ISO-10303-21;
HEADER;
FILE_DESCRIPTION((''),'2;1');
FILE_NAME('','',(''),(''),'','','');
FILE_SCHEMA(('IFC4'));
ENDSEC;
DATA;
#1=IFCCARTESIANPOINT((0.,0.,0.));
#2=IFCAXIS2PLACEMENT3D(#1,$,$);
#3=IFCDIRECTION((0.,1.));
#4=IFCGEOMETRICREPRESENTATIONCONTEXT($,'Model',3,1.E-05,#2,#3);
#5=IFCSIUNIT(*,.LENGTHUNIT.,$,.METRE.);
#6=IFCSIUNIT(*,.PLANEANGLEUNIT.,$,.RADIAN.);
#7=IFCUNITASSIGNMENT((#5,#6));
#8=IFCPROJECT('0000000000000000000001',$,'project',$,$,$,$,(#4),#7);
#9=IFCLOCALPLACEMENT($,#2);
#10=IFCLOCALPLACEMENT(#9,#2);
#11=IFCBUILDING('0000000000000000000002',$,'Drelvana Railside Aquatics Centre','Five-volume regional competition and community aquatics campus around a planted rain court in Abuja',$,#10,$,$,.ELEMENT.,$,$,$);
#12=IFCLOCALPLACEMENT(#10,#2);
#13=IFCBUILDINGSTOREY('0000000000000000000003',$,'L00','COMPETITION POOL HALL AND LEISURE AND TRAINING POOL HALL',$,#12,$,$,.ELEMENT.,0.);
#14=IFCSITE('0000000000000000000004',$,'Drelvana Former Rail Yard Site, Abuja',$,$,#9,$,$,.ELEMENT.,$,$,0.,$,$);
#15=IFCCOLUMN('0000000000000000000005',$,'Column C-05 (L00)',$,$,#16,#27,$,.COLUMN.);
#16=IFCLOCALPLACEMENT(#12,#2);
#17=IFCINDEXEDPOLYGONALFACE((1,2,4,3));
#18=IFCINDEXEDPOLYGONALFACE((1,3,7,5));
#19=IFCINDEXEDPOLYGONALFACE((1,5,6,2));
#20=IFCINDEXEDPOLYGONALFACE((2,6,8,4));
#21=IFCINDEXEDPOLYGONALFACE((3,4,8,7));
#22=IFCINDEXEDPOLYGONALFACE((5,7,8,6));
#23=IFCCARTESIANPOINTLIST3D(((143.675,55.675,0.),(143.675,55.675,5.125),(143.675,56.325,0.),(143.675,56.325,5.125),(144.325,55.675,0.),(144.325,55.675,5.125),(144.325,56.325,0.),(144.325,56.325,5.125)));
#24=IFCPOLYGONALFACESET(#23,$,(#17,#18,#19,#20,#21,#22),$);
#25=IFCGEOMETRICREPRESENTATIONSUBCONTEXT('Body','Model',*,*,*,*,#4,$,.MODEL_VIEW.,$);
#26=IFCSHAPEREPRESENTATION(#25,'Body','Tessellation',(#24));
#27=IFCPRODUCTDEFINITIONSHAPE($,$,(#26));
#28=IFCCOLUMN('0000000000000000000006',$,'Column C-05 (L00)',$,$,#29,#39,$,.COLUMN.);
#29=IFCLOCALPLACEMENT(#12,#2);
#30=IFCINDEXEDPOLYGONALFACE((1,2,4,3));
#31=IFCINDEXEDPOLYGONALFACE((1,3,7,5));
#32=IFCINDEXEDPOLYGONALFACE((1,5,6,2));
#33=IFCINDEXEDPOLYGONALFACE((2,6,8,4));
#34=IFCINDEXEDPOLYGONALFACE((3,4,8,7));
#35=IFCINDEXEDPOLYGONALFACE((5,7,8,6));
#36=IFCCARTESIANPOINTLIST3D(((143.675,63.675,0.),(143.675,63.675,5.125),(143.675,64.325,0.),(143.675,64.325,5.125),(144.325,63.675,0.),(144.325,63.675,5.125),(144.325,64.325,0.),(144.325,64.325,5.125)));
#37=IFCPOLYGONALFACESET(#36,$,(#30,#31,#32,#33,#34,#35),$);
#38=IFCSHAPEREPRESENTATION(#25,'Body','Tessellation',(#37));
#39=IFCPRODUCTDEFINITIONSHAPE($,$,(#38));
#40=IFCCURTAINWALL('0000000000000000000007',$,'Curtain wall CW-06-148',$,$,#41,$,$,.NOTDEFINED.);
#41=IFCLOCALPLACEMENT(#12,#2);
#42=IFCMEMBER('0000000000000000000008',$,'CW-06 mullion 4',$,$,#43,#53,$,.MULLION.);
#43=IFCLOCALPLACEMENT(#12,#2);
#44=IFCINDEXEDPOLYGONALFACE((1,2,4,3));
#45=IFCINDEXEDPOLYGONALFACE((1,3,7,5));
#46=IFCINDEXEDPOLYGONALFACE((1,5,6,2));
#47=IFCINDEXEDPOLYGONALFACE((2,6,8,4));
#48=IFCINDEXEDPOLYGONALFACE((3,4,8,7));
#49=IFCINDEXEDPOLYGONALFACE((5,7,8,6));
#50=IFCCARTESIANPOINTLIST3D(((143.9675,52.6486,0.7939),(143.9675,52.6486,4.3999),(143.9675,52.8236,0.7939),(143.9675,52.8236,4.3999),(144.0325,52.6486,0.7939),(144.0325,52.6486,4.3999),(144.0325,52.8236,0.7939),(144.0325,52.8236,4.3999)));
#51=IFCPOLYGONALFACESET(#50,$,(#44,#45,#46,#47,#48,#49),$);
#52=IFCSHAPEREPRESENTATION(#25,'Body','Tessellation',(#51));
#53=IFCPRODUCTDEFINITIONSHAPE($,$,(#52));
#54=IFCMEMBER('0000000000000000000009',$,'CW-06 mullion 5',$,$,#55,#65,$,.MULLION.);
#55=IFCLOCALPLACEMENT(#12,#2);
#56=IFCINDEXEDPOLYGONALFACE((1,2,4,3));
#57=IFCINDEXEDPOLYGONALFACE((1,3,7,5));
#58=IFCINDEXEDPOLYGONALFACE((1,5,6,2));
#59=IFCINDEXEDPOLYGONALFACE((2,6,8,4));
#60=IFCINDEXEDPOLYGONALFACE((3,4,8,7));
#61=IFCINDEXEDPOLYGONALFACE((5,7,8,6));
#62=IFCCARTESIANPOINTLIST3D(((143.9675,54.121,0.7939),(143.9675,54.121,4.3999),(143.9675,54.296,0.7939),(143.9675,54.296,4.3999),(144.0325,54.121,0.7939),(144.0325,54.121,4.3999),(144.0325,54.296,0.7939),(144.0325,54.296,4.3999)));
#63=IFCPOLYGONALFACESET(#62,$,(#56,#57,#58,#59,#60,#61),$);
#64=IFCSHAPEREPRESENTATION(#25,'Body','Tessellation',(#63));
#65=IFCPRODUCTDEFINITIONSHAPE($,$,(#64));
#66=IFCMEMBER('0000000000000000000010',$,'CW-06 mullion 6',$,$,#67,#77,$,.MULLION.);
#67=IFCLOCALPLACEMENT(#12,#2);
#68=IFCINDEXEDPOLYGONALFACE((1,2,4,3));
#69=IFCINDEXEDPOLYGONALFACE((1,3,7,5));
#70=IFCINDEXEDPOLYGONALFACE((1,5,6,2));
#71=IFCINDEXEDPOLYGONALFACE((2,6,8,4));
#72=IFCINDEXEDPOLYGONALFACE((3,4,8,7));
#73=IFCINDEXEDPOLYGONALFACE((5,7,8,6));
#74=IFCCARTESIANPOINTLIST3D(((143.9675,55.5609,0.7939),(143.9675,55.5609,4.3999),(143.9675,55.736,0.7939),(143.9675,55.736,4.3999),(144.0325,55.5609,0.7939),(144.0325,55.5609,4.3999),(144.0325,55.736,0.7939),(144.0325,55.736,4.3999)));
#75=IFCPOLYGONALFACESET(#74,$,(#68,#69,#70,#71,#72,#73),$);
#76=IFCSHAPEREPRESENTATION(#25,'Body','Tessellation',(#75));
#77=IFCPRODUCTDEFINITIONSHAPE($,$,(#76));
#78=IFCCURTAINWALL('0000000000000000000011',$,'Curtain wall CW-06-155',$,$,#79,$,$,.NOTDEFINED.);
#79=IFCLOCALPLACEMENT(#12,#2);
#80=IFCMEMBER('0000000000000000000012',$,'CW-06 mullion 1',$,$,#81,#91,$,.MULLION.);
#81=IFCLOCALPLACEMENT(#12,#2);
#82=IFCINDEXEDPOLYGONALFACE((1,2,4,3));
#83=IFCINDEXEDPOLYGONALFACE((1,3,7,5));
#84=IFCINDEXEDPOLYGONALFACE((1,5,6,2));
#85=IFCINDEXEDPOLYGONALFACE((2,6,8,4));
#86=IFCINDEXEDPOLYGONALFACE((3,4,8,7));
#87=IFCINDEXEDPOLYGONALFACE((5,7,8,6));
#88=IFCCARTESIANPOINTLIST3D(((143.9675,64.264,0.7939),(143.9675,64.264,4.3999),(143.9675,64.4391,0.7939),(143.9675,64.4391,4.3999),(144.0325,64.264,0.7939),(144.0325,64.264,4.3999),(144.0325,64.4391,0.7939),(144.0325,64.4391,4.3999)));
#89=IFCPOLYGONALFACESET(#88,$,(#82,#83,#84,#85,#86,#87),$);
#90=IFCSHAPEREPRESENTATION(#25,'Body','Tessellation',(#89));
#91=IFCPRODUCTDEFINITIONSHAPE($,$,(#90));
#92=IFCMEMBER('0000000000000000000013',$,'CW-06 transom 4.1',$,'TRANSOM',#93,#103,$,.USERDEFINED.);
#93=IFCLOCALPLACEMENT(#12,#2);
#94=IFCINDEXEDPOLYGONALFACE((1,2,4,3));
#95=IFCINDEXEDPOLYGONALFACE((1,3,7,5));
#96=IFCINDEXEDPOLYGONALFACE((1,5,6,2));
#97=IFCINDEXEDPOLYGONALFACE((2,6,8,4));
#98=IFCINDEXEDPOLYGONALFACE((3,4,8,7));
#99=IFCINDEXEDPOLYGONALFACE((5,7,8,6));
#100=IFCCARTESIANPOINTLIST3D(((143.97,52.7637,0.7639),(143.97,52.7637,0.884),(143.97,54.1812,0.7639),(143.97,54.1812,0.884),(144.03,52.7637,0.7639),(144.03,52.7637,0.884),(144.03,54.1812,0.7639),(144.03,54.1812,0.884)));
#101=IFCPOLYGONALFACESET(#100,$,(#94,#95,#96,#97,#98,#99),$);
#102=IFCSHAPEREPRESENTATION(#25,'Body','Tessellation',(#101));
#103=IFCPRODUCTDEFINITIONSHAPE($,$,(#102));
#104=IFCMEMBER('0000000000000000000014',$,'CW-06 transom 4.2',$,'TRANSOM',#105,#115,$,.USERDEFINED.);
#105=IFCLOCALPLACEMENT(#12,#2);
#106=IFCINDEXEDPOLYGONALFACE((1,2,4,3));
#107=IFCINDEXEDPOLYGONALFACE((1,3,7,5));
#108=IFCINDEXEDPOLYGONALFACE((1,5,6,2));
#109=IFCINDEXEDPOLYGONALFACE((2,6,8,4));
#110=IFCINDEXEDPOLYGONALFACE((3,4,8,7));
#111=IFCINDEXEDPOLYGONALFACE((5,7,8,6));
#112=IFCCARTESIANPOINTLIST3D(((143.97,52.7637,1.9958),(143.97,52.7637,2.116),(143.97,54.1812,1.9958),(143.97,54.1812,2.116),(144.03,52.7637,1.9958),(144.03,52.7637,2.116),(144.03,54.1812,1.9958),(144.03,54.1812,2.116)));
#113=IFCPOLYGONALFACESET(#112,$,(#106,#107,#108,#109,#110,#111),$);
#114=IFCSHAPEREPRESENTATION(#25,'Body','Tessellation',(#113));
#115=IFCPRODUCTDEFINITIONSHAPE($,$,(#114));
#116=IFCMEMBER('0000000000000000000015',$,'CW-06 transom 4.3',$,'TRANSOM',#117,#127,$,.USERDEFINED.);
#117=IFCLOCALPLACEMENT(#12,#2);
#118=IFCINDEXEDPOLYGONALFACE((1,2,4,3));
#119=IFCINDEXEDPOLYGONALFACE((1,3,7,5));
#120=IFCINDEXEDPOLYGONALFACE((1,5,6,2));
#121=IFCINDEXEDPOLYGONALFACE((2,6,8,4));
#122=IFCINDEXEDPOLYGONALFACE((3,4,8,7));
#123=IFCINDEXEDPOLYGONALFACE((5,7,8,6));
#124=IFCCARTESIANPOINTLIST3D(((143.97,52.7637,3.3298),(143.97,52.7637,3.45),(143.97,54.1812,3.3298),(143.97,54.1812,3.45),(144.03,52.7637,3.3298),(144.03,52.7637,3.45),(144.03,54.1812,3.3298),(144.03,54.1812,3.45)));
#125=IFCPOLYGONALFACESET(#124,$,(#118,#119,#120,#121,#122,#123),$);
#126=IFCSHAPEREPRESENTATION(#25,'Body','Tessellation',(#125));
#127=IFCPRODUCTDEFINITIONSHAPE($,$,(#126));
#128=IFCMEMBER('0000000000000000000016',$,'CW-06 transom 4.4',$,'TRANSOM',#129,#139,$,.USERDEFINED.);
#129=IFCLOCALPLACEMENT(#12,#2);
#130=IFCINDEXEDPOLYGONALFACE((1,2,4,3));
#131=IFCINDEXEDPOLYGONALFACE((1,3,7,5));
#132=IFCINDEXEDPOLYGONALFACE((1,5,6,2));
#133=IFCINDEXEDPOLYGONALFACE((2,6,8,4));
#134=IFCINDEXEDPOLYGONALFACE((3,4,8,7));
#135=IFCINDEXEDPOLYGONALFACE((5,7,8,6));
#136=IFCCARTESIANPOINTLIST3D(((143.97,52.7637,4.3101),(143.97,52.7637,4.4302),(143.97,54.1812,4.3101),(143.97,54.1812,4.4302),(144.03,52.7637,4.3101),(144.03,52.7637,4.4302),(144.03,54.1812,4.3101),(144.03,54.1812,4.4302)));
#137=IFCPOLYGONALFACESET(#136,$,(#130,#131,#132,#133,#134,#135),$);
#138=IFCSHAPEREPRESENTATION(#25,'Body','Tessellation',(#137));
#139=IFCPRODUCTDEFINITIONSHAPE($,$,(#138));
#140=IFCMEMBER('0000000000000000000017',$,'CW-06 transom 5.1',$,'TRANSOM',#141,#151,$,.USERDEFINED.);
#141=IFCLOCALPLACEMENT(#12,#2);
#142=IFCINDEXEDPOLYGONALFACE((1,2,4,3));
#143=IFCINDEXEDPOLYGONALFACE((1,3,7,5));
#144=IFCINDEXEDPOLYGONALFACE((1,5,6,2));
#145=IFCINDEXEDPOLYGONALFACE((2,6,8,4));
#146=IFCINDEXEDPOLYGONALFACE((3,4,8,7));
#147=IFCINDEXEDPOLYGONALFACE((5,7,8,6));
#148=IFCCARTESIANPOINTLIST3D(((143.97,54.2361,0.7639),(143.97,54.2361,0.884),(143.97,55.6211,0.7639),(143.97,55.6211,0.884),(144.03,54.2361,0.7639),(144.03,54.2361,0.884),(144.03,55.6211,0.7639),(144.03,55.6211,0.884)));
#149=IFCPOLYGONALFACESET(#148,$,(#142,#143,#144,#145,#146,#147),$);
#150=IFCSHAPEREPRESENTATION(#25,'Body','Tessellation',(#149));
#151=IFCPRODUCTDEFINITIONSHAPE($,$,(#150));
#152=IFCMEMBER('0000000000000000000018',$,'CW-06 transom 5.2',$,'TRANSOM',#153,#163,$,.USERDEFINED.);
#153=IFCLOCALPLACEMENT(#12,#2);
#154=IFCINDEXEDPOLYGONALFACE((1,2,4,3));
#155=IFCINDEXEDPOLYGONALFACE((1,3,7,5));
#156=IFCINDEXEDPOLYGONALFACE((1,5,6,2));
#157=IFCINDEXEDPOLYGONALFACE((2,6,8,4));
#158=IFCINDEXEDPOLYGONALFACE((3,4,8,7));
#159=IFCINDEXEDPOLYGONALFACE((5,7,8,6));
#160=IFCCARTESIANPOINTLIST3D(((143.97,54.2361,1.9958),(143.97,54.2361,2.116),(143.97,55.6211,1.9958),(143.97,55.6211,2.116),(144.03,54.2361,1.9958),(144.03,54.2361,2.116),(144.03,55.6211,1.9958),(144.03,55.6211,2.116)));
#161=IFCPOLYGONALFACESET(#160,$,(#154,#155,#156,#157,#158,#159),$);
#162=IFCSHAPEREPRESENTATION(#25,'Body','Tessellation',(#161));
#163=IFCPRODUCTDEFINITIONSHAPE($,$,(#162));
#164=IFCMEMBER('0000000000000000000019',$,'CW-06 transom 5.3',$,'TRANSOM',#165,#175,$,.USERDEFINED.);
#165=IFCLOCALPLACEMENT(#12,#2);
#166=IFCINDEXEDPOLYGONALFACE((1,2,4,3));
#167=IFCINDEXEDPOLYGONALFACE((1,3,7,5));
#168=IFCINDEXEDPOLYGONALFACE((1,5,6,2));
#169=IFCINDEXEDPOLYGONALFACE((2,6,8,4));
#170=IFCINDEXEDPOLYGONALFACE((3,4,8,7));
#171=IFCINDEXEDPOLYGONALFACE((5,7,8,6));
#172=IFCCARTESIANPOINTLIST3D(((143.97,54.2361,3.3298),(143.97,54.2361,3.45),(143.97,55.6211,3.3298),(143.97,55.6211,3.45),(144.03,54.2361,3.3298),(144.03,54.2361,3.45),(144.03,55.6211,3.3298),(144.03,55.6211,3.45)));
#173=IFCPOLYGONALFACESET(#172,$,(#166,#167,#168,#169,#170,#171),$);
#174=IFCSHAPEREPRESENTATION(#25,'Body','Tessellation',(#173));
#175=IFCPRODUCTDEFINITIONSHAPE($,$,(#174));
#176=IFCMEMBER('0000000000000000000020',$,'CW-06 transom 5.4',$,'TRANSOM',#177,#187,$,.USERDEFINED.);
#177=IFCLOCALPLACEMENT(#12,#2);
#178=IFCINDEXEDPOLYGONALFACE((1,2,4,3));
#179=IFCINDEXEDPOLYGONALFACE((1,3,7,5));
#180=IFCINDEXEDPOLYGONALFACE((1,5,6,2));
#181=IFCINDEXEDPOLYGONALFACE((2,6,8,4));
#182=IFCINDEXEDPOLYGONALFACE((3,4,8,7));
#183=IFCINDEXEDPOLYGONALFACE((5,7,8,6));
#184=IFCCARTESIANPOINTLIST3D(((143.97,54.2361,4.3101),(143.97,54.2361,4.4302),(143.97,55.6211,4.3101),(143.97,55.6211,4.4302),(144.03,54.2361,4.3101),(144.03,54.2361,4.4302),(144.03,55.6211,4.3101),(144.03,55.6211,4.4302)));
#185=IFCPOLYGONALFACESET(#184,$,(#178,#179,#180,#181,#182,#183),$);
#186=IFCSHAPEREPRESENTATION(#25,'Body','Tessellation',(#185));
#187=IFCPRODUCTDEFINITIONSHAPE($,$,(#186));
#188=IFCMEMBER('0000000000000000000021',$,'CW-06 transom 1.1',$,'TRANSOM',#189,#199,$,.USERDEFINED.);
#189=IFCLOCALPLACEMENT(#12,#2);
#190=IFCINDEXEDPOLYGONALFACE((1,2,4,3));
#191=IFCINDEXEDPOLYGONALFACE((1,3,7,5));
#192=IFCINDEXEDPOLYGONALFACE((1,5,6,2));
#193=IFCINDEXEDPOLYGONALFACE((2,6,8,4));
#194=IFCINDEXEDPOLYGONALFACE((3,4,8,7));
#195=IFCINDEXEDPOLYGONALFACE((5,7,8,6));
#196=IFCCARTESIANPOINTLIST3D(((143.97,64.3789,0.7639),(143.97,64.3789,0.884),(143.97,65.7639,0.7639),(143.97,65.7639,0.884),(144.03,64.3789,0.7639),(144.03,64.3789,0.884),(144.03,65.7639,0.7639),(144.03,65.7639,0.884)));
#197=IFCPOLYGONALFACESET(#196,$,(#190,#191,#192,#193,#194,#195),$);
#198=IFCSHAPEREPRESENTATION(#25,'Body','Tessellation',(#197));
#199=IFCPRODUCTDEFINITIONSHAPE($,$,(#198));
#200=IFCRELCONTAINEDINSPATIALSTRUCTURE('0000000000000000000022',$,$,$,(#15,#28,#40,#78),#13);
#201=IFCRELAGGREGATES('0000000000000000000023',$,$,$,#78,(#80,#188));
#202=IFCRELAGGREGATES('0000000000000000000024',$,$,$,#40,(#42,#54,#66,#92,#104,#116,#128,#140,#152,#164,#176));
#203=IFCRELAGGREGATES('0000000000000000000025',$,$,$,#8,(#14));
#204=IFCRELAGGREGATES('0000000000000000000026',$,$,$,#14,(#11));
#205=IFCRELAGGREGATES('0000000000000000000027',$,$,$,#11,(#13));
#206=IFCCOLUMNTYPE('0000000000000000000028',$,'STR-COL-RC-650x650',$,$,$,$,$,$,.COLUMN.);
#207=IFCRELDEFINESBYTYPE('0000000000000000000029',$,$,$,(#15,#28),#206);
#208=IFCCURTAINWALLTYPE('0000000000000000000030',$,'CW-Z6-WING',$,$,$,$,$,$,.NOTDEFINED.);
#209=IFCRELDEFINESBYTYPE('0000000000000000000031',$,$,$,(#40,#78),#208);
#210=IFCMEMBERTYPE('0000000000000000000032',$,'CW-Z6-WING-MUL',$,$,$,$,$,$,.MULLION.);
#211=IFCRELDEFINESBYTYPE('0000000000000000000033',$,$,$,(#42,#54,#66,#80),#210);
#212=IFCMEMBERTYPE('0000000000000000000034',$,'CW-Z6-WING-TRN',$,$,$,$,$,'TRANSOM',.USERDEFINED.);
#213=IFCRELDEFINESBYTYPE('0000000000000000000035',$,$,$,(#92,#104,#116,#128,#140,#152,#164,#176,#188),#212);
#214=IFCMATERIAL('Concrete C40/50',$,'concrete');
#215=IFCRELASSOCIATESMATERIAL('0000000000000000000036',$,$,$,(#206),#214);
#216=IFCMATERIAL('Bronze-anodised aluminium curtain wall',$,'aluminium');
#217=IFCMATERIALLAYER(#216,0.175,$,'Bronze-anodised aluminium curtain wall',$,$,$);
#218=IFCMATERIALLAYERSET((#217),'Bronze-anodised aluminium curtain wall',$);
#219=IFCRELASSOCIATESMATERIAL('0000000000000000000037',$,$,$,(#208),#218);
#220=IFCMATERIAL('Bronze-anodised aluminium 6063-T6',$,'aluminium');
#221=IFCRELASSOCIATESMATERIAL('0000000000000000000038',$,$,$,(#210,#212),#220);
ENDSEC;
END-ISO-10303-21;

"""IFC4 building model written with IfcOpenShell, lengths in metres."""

from ifc_helpers import new_model, si_unit, direction, frame, origin, origin_2d, place, context, subcontext, project, spatial, rectangle, extrude, material, layer, layer_set, material_profile, profile_set, type_object, element, aggregate, save


model = new_model("IFC4")

# Units and contexts
model_context = context("Model", 3, precision=1e-05, world=origin(), true_north=direction((0.0, 1.0)))
body_context = subcontext(model_context, "Body", "Model", "MODEL_VIEW")
ifc_project = project(units=[si_unit("LENGTHUNIT", "METRE"), si_unit("PLANEANGLEUNIT", "RADIAN")], contexts=[model_context])

# Site, building, storey
site_placement = place(None, origin())
site = spatial("IfcSite", under=ifc_project, at=site_placement, Name="Drelvana Former Rail Yard Site, Abuja", CompositionType="ELEMENT", RefElevation=0.0)
building_placement = place(site_placement, origin())
building = spatial("IfcBuilding", under=site, at=building_placement, Name="Drelvana Railside Aquatics Centre", Description="Five-volume regional competition and community aquatics campus around a planted rain court in Abuja", CompositionType="ELEMENT")
storey_placement = place(building_placement, origin())
storey = spatial("IfcBuildingStorey", under=building, at=storey_placement, Name="L00", Description="COMPETITION POOL HALL AND LEISURE AND TRAINING POOL HALL", CompositionType="ELEMENT", Elevation=0.0)

# Columns
ifc_material_1 = material(Name="Concrete C40/50", Category="concrete")
ifc_material_profile_1 = material_profile(ifc_material_1, rectangle(XDim=0.6499, YDim=0.6499, at=origin_2d()), Name="RC 650x650")
ifc_profile_set_1 = profile_set([ifc_material_profile_1], Name="Concrete C40/50")
column_type = type_object("IfcColumnType", Name="STR-COL-RC-650x650", PredefinedType="COLUMN", material=ifc_profile_set_1)
for number, where, z_axis, x_axis, name in (
    (1, (144.0, 56.0, 0.0), (0.0, 0.0, 1.0), (1.0, 0.0, 0.0), "Column C-05 (L00)"),
    (2, (144.0, 64.0, 0.0), (0.0, 0.0, 1.0), (1.0, 0.0, 0.0), "Column C-05 (L00)"),
):
    element("IfcColumn", number, at=place(storey_placement, frame(where, z_axis=z_axis, x_axis=x_axis)), inside=storey, type_object=column_type, Name=name, PredefinedType="COLUMN", context=body_context, shape_type="SweptSolid", body=[
        extrude(rectangle(XDim=0.6499, YDim=0.6499, at=origin_2d()), origin(), (0.0, 0.0, 1.0), 5.125),
    ])

# Curtain wall, members
ifc_material_2 = material(Name="Bronze-anodised aluminium curtain wall", Category="aluminium")
ifc_layer_1 = layer(ifc_material_2, 0.175, Name="Bronze-anodised aluminium curtain wall")
ifc_layer_set_1 = layer_set([ifc_layer_1], Name="Bronze-anodised aluminium curtain wall")
curtain_wall_type = type_object("IfcCurtainWallType", Name="CW-Z6-WING", PredefinedType="NOTDEFINED", material=ifc_layer_set_1)
curtain_wall_1_placement = place(storey_placement, origin())
curtain_wall_1 = element("IfcCurtainWall", 3, at=curtain_wall_1_placement, inside=storey, type_object=curtain_wall_type, Name="Curtain wall CW-06-148", PredefinedType="NOTDEFINED")
ifc_material_3 = material(Name="Bronze-anodised aluminium 6063-T6", Category="aluminium")
ifc_material_profile_2 = material_profile(ifc_material_3, rectangle(XDim=0.0649, YDim=0.175, at=origin_2d()), Name="ALU-M 65x175")
ifc_profile_set_2 = profile_set([ifc_material_profile_2], Name="Bronze-anodised aluminium 6063-T6")
member_type_1 = type_object("IfcMemberType", Name="CW-Z6-WING-MUL", PredefinedType="MULLION", material=ifc_profile_set_2)
member_1_placement = place(storey_placement, frame((144.0, 52.7361, 0.7939), z_axis=(0.0, 0.0, 1.0), x_axis=(-1.0, 0.0, 0.0)))
member_1 = element("IfcMember", 4, at=member_1_placement, type_object=member_type_1, Name="CW-06 mullion 4", PredefinedType="MULLION", context=body_context, shape_type="SweptSolid", body=[
    extrude(rectangle(XDim=0.0649, YDim=0.175, at=origin_2d()), origin(), (0.0, 0.0, 1.0), 3.606),
])
member_2_placement = place(storey_placement, frame((144.0, 54.2085, 0.7939), z_axis=(0.0, 0.0, 1.0), x_axis=(-1.0, 0.0, 0.0)))
member_2 = element("IfcMember", 5, at=member_2_placement, type_object=member_type_1, Name="CW-06 mullion 5", PredefinedType="MULLION", context=body_context, shape_type="SweptSolid", body=[
    extrude(rectangle(XDim=0.0649, YDim=0.175, at=origin_2d()), origin(), (0.0, 0.0, 1.0), 3.606),
])
member_3_placement = place(storey_placement, frame((144.0, 55.6484, 0.7939), z_axis=(0.0, 0.0, 1.0), x_axis=(-1.0, 0.0, 0.0)))
member_3 = element("IfcMember", 6, at=member_3_placement, type_object=member_type_1, Name="CW-06 mullion 6", PredefinedType="MULLION", context=body_context, shape_type="SweptSolid", body=[
    extrude(rectangle(XDim=0.0649, YDim=0.175, at=origin_2d()), origin(), (0.0, 0.0, 1.0), 3.606),
])

# Curtain wall, member
curtain_wall_2_placement = place(storey_placement, origin())
curtain_wall_2 = element("IfcCurtainWall", 7, at=curtain_wall_2_placement, inside=storey, type_object=curtain_wall_type, Name="Curtain wall CW-06-155", PredefinedType="NOTDEFINED")
member_4_placement = place(storey_placement, frame((144.0, 64.3516, 0.7939), z_axis=(0.0, 0.0, 1.0), x_axis=(-1.0, 0.0, 0.0)))
member_4 = element("IfcMember", 8, at=member_4_placement, type_object=member_type_1, Name="CW-06 mullion 1", PredefinedType="MULLION", context=body_context, shape_type="SweptSolid", body=[
    extrude(rectangle(XDim=0.0649, YDim=0.175, at=origin_2d()), origin(), (0.0, 0.0, 1.0), 3.606),
])

# Members
ifc_material_profile_3 = material_profile(ifc_material_3, rectangle(XDim=0.1201, YDim=0.0601, at=origin_2d()), Name="ALU-T 60x120")
ifc_profile_set_3 = profile_set([ifc_material_profile_3], Name="Bronze-anodised aluminium 6063-T6")
member_type_2 = type_object("IfcMemberType", Name="CW-Z6-WING-TRN", ElementType="TRANSOM", PredefinedType="USERDEFINED", material=ifc_profile_set_3)
member_5_placement = place(storey_placement, frame((144.0, 52.7637, 0.824), z_axis=(0.0, 1.0, 0.0), x_axis=(0.0, 0.0, 1.0)))
member_5 = element("IfcMember", 9, at=member_5_placement, type_object=member_type_2, Name="CW-06 transom 4.1", ObjectType="TRANSOM", PredefinedType="USERDEFINED", context=body_context, shape_type="SweptSolid", body=[
    extrude(rectangle(XDim=0.1201, YDim=0.0601, at=origin_2d()), origin(), (0.0, 0.0, 1.0), 1.4175),
])
member_6_placement = place(storey_placement, frame((144.0, 52.7637, 2.0559), z_axis=(0.0, 1.0, 0.0), x_axis=(0.0, 0.0, 1.0)))
member_6 = element("IfcMember", 10, at=member_6_placement, type_object=member_type_2, Name="CW-06 transom 4.2", ObjectType="TRANSOM", PredefinedType="USERDEFINED", context=body_context, shape_type="SweptSolid", body=[
    extrude(rectangle(XDim=0.1201, YDim=0.0601, at=origin_2d()), origin(), (0.0, 0.0, 1.0), 1.4175),
])
member_7_placement = place(storey_placement, frame((144.0, 52.7637, 3.3899), z_axis=(0.0, 1.0, 0.0), x_axis=(0.0, 0.0, 1.0)))
member_7 = element("IfcMember", 11, at=member_7_placement, type_object=member_type_2, Name="CW-06 transom 4.3", ObjectType="TRANSOM", PredefinedType="USERDEFINED", context=body_context, shape_type="SweptSolid", body=[
    extrude(rectangle(XDim=0.1201, YDim=0.0601, at=origin_2d()), origin(), (0.0, 0.0, 1.0), 1.4175),
])
member_8_placement = place(storey_placement, frame((144.0, 52.7637, 4.3701), z_axis=(0.0, 1.0, 0.0), x_axis=(0.0, 0.0, 1.0)))
member_8 = element("IfcMember", 12, at=member_8_placement, type_object=member_type_2, Name="CW-06 transom 4.4", ObjectType="TRANSOM", PredefinedType="USERDEFINED", context=body_context, shape_type="SweptSolid", body=[
    extrude(rectangle(XDim=0.1201, YDim=0.0601, at=origin_2d()), origin(), (0.0, 0.0, 1.0), 1.4175),
])
member_9_placement = place(storey_placement, frame((144.0, 54.2361, 0.824), z_axis=(0.0, 1.0, 0.0), x_axis=(0.0, 0.0, 1.0)))
member_9 = element("IfcMember", 13, at=member_9_placement, type_object=member_type_2, Name="CW-06 transom 5.1", ObjectType="TRANSOM", PredefinedType="USERDEFINED", context=body_context, shape_type="SweptSolid", body=[
    extrude(rectangle(XDim=0.1201, YDim=0.0601, at=origin_2d()), origin(), (0.0, 0.0, 1.0), 1.385),
])
member_10_placement = place(storey_placement, frame((144.0, 54.2361, 2.0559), z_axis=(0.0, 1.0, 0.0), x_axis=(0.0, 0.0, 1.0)))
member_10 = element("IfcMember", 14, at=member_10_placement, type_object=member_type_2, Name="CW-06 transom 5.2", ObjectType="TRANSOM", PredefinedType="USERDEFINED", context=body_context, shape_type="SweptSolid", body=[
    extrude(rectangle(XDim=0.1201, YDim=0.0601, at=origin_2d()), origin(), (0.0, 0.0, 1.0), 1.385),
])
member_11_placement = place(storey_placement, frame((144.0, 54.2361, 3.3899), z_axis=(0.0, 1.0, 0.0), x_axis=(0.0, 0.0, 1.0)))
member_11 = element("IfcMember", 15, at=member_11_placement, type_object=member_type_2, Name="CW-06 transom 5.3", ObjectType="TRANSOM", PredefinedType="USERDEFINED", context=body_context, shape_type="SweptSolid", body=[
    extrude(rectangle(XDim=0.1201, YDim=0.0601, at=origin_2d()), origin(), (0.0, 0.0, 1.0), 1.385),
])
member_12_placement = place(storey_placement, frame((144.0, 54.2361, 4.3701), z_axis=(0.0, 1.0, 0.0), x_axis=(0.0, 0.0, 1.0)))
member_12 = element("IfcMember", 16, at=member_12_placement, type_object=member_type_2, Name="CW-06 transom 5.4", ObjectType="TRANSOM", PredefinedType="USERDEFINED", context=body_context, shape_type="SweptSolid", body=[
    extrude(rectangle(XDim=0.1201, YDim=0.0601, at=origin_2d()), origin(), (0.0, 0.0, 1.0), 1.385),
])
member_13_placement = place(storey_placement, frame((144.0, 64.3789, 0.824), z_axis=(0.0, 1.0, 0.0), x_axis=(0.0, 0.0, 1.0)))
member_13 = element("IfcMember", 17, at=member_13_placement, type_object=member_type_2, Name="CW-06 transom 1.1", ObjectType="TRANSOM", PredefinedType="USERDEFINED", context=body_context, shape_type="SweptSolid", body=[
    extrude(rectangle(XDim=0.1201, YDim=0.0601, at=origin_2d()), origin(), (0.0, 0.0, 1.0), 1.385),
])
aggregate(curtain_wall_2, [member_4, member_13])

aggregate(curtain_wall_1, [member_1, member_2, member_3, member_5, member_6, member_7, member_8, member_9, member_10, member_11, member_12])

save(model, "model.ifc")
